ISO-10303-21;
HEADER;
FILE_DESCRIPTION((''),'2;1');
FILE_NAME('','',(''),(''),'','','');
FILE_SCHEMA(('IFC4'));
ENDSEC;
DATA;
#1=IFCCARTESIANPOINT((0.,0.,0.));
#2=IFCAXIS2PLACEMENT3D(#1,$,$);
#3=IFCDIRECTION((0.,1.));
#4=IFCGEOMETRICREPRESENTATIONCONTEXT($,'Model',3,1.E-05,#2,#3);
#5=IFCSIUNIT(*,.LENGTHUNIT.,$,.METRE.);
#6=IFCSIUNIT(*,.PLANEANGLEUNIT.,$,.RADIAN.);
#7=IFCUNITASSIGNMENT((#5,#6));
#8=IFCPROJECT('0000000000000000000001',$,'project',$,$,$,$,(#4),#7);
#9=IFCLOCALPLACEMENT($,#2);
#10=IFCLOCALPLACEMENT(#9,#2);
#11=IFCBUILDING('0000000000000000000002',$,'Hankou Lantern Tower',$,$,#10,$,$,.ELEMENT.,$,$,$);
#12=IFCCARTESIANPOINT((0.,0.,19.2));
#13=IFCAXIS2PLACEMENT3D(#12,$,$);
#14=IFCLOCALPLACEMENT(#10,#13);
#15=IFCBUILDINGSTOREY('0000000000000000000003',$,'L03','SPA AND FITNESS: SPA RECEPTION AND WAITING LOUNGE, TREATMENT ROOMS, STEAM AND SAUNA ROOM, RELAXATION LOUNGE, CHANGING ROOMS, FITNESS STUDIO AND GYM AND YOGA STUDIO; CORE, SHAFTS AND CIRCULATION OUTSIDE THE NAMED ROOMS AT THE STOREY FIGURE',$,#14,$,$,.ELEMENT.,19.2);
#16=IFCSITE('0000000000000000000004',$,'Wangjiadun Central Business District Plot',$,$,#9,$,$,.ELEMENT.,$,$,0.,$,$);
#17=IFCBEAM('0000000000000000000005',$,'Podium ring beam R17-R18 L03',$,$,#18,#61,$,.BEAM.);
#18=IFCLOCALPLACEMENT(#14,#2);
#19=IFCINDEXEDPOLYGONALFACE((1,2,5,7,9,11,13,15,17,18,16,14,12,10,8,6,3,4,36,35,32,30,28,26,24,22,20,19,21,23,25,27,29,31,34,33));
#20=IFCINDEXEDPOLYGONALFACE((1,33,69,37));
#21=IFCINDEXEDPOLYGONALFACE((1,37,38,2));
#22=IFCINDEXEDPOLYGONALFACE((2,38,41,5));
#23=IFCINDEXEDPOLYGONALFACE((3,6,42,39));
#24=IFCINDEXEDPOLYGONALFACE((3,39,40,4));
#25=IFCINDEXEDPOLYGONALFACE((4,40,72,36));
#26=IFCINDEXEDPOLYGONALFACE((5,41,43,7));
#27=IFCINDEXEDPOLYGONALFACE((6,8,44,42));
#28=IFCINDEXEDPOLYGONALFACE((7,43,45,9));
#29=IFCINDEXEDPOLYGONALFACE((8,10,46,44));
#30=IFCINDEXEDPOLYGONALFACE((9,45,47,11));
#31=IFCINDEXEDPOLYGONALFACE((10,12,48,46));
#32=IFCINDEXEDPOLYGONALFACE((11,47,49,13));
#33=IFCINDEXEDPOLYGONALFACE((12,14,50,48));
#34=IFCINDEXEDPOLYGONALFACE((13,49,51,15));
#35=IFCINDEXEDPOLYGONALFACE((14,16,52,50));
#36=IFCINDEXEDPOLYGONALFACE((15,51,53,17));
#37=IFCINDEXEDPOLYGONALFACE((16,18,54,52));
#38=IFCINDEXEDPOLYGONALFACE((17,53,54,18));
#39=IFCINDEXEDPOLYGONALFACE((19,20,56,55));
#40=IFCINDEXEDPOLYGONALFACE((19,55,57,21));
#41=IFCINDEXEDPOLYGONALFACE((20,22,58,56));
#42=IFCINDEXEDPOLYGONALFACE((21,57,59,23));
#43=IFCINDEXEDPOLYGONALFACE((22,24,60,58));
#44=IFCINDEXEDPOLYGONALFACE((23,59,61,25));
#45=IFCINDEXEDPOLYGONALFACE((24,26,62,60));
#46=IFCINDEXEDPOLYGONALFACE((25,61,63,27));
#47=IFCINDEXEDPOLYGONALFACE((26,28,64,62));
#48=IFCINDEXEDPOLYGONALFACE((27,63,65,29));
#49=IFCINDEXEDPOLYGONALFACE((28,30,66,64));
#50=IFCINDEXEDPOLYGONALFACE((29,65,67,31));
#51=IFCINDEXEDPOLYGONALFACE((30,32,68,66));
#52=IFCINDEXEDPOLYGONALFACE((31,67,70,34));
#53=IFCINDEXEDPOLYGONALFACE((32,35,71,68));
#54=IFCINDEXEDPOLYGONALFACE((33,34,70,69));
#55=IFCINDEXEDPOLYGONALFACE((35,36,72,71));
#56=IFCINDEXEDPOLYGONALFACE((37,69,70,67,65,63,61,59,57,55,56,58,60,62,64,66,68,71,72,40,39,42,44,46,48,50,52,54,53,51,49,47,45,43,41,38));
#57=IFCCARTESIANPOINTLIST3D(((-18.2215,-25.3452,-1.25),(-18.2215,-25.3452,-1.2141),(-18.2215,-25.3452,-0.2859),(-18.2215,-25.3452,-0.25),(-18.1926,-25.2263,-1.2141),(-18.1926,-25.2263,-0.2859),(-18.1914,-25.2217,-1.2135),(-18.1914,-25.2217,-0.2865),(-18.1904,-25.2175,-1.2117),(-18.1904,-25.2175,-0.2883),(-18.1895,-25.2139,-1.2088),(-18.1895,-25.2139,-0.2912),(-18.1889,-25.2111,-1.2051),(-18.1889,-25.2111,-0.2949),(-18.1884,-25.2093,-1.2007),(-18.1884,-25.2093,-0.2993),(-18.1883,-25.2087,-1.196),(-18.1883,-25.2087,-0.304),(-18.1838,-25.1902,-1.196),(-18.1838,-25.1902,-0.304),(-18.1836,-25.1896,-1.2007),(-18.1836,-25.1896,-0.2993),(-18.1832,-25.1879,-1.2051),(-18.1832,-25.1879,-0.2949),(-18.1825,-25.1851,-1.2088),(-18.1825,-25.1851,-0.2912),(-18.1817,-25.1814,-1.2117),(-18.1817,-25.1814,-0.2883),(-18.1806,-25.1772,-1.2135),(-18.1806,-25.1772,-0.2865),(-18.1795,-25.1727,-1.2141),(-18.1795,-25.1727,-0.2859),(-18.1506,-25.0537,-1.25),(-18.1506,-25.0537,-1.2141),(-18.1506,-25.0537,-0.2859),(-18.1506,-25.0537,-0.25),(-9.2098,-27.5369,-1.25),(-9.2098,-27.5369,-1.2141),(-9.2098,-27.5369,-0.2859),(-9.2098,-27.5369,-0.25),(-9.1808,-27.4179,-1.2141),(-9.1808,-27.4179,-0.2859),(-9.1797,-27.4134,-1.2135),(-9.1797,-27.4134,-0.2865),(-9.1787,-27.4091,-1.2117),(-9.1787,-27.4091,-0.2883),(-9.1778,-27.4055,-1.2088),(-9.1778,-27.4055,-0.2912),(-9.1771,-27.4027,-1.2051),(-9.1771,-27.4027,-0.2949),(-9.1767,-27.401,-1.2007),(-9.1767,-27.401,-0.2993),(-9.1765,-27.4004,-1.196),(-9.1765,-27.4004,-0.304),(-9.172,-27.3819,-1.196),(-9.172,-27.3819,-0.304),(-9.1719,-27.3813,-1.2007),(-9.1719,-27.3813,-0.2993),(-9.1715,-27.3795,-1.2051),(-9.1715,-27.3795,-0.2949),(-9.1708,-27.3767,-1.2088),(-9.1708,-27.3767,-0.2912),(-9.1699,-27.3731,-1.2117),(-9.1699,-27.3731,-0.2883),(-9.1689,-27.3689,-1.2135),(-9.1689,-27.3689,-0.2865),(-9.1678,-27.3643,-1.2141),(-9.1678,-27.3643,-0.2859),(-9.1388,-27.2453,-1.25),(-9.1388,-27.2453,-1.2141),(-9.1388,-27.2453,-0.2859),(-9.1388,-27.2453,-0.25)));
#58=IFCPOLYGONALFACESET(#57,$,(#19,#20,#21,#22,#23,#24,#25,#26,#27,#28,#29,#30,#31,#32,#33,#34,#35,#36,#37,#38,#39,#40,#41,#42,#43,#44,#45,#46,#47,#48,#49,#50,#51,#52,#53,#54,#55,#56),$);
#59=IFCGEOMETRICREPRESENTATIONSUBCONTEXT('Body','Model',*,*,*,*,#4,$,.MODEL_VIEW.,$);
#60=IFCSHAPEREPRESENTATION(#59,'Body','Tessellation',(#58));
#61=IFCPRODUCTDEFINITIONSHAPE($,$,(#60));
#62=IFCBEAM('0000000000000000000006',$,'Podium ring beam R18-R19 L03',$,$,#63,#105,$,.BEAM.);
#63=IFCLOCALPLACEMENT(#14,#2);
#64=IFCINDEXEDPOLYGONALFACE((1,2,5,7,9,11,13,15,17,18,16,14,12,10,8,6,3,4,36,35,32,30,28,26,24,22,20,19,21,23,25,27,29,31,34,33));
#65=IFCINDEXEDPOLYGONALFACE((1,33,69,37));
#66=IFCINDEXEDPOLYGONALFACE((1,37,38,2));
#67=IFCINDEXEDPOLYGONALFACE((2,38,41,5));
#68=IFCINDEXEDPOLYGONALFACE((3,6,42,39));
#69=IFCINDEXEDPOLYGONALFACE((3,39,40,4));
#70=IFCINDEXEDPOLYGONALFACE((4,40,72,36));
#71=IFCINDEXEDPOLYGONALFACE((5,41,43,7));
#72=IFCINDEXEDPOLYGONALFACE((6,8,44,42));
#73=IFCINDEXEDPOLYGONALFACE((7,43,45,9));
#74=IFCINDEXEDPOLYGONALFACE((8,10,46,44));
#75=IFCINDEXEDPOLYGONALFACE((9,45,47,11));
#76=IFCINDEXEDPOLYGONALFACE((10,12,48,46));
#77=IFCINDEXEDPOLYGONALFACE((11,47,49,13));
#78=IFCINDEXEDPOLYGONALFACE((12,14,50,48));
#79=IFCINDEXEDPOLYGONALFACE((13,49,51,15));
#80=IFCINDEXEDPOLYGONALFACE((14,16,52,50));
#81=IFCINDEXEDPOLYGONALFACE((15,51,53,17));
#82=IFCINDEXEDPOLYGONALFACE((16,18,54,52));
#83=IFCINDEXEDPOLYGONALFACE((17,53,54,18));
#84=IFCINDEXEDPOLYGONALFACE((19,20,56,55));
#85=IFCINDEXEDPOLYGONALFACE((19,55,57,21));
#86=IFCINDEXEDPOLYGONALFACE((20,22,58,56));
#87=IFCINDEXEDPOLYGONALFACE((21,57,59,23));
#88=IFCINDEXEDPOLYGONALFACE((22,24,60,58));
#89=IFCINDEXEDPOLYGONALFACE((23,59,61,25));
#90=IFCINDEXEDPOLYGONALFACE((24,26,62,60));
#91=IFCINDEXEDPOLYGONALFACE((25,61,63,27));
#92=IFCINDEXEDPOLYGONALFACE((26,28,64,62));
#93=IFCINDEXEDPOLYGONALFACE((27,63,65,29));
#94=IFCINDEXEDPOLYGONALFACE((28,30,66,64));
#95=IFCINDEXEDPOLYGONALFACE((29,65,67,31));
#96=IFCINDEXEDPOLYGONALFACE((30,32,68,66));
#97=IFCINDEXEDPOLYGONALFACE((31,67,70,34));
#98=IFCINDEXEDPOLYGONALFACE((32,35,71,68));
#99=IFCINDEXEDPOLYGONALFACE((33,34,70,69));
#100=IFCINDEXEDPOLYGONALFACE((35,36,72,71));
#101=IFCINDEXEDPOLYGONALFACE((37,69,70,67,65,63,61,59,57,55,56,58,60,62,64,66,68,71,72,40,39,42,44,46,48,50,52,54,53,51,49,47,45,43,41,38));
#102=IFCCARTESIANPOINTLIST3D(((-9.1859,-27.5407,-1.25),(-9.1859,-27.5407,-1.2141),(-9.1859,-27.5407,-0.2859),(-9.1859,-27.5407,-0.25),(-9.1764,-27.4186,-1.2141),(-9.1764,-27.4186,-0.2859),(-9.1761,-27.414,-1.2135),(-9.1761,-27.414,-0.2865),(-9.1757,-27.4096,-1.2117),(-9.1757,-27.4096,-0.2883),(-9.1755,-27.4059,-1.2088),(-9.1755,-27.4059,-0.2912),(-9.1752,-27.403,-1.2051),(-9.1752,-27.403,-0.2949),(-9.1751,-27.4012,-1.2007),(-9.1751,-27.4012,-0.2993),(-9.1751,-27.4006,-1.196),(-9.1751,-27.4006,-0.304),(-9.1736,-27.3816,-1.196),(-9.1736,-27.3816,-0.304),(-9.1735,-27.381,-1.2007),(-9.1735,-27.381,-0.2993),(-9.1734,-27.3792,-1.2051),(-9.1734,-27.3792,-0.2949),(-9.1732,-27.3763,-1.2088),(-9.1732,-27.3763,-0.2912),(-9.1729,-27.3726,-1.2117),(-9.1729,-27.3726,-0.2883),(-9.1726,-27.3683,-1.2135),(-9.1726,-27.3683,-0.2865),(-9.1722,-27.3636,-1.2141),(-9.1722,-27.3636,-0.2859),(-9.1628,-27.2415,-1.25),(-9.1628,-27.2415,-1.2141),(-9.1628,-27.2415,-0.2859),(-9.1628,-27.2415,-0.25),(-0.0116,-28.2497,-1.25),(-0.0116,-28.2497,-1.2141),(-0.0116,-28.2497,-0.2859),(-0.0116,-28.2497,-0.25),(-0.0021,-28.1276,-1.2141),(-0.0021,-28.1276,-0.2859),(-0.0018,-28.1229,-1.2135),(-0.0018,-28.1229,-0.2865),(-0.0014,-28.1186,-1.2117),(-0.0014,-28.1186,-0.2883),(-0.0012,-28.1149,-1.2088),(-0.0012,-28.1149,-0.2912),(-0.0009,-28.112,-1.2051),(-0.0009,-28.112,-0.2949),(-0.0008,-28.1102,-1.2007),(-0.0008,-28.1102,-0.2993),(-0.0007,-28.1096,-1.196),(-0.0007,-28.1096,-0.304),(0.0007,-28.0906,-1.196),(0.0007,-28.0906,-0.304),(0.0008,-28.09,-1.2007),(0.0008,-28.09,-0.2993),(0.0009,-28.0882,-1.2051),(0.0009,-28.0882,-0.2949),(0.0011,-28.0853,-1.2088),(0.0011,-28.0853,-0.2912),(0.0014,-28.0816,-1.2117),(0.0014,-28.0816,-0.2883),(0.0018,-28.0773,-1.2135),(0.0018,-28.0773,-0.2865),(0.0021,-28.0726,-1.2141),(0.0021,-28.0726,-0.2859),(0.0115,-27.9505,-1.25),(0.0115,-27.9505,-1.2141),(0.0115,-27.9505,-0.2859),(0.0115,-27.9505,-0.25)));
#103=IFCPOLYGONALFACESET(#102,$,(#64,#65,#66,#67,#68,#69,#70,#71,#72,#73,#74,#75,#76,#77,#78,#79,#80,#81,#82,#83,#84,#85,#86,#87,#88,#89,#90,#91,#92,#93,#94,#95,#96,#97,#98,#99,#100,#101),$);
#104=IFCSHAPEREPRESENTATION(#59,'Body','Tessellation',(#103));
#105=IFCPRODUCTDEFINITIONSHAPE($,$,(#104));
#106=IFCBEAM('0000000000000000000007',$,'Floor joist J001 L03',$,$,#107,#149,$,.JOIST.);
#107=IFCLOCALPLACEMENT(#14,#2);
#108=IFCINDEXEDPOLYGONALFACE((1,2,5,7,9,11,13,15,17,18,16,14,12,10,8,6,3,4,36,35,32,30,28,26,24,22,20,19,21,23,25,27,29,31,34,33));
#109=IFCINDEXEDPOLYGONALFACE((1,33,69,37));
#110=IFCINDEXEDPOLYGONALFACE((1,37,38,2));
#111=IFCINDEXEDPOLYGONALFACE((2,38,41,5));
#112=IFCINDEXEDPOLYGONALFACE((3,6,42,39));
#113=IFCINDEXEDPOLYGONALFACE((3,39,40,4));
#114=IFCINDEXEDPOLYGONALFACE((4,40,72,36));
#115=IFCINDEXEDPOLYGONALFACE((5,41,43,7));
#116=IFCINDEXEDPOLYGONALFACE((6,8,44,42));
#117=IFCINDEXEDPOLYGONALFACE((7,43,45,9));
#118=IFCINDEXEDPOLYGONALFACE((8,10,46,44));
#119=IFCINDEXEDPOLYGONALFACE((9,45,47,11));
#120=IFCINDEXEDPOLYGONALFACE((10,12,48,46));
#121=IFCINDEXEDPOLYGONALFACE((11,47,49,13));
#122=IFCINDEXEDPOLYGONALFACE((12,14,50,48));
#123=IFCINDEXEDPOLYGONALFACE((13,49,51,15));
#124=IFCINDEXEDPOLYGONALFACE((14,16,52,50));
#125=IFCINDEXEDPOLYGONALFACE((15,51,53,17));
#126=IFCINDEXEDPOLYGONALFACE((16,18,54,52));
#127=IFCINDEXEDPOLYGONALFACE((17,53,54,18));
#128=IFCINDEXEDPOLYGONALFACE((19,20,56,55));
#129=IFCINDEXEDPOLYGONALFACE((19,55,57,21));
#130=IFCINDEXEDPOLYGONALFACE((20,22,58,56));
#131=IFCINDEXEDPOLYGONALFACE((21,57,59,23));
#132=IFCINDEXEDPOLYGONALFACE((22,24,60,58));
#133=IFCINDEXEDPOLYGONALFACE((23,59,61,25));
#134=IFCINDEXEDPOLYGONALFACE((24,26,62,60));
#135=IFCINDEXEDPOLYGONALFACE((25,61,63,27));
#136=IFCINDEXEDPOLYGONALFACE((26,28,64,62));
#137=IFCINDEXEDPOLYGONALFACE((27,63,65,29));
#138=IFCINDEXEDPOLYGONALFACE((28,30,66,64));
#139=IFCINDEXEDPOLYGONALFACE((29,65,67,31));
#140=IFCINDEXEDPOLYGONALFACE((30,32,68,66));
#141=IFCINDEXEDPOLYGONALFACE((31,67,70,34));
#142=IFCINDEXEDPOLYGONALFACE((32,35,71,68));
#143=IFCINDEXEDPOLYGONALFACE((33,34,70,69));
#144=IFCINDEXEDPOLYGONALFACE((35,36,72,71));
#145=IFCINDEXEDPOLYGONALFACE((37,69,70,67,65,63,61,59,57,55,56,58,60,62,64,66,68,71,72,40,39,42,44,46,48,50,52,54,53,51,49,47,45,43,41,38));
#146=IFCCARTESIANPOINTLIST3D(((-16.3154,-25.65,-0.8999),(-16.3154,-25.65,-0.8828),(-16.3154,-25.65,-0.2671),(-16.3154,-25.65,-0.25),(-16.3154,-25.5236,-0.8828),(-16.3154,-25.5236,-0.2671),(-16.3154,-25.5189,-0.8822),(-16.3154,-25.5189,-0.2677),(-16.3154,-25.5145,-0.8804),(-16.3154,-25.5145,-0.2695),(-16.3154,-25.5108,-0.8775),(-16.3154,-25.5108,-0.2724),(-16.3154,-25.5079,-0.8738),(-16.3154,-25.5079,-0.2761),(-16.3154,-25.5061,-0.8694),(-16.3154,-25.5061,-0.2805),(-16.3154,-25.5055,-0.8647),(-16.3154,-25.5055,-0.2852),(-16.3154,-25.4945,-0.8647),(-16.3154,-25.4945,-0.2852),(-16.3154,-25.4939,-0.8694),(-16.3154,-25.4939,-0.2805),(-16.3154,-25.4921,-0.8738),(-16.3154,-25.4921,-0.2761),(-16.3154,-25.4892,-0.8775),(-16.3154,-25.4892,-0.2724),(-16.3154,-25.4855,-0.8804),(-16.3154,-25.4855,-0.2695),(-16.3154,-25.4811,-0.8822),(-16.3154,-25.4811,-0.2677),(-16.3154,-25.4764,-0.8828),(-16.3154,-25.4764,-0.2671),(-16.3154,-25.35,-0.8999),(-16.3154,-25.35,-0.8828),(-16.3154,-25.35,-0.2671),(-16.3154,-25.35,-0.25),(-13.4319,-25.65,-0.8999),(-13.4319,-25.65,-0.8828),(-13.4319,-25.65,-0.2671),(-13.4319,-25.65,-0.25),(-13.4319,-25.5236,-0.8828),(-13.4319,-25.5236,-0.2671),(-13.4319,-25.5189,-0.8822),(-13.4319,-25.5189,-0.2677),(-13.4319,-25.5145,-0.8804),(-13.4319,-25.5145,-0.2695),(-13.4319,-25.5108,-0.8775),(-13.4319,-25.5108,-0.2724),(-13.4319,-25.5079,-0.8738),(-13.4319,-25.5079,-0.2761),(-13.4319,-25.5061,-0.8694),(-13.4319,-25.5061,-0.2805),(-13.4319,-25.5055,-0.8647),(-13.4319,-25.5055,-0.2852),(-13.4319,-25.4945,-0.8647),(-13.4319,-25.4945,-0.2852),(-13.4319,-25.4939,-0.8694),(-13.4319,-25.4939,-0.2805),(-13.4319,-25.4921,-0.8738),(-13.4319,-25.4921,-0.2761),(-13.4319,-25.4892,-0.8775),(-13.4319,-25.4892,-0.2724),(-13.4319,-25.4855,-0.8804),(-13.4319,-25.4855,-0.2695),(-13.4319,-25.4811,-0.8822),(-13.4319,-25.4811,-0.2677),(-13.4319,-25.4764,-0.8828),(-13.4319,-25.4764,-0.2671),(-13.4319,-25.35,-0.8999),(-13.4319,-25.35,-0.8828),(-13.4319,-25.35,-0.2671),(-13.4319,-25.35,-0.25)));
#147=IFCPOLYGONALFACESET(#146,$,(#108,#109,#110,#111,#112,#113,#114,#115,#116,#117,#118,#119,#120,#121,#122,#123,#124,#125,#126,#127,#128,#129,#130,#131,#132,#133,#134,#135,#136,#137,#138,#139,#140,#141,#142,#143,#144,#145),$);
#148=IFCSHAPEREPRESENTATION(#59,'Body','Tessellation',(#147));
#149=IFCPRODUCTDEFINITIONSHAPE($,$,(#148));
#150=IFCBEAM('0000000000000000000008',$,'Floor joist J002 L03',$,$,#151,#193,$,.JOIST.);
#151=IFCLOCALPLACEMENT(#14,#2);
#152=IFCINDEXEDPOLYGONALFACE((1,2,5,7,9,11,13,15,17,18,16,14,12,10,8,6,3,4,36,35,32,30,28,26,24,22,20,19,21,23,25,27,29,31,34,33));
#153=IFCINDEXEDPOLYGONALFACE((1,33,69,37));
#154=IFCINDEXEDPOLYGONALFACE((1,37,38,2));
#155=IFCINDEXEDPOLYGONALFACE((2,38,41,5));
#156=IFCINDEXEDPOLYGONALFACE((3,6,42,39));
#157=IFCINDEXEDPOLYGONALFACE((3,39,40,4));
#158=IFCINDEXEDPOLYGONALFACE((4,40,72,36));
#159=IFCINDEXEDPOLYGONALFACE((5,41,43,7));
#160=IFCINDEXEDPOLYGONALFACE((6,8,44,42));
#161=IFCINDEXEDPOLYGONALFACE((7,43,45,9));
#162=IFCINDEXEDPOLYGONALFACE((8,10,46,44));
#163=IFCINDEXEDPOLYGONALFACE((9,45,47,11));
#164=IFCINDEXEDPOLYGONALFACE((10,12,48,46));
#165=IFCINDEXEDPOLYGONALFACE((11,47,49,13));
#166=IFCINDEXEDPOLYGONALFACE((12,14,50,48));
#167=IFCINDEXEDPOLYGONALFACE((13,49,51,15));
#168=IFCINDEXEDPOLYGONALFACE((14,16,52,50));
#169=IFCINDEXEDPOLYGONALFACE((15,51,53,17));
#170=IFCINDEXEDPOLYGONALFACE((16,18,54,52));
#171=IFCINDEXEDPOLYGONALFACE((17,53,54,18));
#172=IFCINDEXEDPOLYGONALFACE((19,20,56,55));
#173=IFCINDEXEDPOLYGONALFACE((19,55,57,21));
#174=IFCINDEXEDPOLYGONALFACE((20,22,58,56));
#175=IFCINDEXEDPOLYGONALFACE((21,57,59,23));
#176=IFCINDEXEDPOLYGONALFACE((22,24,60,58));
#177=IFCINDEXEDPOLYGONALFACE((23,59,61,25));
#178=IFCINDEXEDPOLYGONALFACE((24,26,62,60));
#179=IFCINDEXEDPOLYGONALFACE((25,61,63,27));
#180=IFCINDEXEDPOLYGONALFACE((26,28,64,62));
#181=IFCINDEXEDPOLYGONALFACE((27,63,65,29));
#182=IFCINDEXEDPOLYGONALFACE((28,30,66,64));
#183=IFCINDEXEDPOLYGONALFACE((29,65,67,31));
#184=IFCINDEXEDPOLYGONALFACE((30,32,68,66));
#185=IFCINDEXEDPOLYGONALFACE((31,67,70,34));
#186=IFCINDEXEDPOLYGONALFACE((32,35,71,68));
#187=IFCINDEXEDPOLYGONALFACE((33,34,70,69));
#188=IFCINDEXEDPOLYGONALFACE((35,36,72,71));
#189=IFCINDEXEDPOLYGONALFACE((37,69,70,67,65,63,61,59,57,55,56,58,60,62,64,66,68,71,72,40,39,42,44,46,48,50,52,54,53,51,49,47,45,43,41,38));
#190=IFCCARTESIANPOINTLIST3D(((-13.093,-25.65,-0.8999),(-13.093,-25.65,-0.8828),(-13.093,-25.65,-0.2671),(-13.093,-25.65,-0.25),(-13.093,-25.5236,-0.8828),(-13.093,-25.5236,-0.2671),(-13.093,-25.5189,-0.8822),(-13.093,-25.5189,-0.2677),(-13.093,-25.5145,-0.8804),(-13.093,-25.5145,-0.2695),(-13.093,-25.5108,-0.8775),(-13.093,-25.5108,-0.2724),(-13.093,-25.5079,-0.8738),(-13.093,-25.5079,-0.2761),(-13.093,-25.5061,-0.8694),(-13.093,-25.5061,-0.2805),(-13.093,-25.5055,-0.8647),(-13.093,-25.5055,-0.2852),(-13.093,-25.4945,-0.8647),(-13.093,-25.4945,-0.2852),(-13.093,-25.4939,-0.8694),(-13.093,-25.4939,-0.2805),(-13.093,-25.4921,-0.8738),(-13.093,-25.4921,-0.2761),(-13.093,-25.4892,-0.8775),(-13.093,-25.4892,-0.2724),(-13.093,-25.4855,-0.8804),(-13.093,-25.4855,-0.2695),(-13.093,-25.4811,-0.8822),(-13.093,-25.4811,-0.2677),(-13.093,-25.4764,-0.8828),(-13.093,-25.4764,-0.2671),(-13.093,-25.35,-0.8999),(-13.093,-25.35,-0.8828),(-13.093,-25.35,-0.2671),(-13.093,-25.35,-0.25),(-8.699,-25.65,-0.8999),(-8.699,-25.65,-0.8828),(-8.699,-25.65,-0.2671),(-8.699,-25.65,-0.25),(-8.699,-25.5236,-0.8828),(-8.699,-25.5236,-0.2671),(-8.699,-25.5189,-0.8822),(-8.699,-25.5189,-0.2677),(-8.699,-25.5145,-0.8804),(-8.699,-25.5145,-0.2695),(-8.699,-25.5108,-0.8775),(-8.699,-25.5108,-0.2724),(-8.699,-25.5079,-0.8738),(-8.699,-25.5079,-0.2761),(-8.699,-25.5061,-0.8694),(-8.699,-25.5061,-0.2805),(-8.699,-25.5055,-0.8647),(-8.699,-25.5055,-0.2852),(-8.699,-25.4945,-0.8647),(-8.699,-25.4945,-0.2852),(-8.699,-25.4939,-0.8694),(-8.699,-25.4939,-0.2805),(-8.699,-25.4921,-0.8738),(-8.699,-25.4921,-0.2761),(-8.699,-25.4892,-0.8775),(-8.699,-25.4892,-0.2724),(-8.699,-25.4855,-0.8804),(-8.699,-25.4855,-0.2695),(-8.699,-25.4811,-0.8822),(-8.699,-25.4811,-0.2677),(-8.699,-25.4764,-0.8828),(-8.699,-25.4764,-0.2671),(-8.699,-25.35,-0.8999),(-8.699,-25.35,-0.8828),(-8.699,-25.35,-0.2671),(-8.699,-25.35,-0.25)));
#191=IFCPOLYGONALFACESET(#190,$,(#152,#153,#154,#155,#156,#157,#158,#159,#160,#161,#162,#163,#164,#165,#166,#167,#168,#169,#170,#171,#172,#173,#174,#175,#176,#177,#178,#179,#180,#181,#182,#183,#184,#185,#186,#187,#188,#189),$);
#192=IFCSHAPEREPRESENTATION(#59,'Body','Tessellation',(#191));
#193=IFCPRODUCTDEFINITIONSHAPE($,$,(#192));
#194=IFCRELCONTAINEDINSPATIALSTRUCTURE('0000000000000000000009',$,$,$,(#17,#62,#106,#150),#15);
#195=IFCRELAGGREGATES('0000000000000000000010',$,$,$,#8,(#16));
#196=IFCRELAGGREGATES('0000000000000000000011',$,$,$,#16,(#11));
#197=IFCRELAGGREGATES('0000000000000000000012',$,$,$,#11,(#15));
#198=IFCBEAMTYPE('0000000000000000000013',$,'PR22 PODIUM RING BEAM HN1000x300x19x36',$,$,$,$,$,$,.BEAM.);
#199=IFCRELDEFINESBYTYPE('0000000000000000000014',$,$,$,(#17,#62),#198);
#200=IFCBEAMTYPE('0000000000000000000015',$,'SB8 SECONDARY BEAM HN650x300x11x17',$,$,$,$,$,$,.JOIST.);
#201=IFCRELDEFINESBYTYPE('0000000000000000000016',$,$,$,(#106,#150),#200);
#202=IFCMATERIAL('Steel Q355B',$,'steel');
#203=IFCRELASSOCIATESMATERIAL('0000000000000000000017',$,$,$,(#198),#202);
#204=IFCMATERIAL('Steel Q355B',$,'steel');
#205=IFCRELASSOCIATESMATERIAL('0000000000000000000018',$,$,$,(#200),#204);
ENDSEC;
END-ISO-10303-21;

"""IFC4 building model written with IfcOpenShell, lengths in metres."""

from ifc_helpers import new_model, si_unit, direction, frame, origin, origin_2d, place, context, subcontext, project, spatial, i_section, extrude, material, material_profile, profile_set, type_object, element, save


model = new_model("IFC4")

# Units and contexts
model_context = context("Model", 3, precision=1e-05, world=origin(), true_north=direction((0.0, 1.0)))
body_context = subcontext(model_context, "Body", "Model", "MODEL_VIEW")
ifc_project = project(units=[si_unit("LENGTHUNIT", "METRE"), si_unit("PLANEANGLEUNIT", "RADIAN")], contexts=[model_context])

# Site, building, storey
site_placement = place(None, origin())
site = spatial("IfcSite", under=ifc_project, at=site_placement, Name="Wangjiadun Central Business District Plot", CompositionType="ELEMENT", RefElevation=0.0)
building_placement = place(site_placement, origin())
building = spatial("IfcBuilding", under=site, at=building_placement, Name="Hankou Lantern Tower", CompositionType="ELEMENT")
storey_placement = place(building_placement, frame((0.0, 0.0, 19.2)))
storey = spatial("IfcBuildingStorey", under=building, at=storey_placement, Name="L03", Description="SPA AND FITNESS: SPA RECEPTION AND WAITING LOUNGE, TREATMENT ROOMS, STEAM AND SAUNA ROOM, RELAXATION LOUNGE, CHANGING ROOMS, FITNESS STUDIO AND GYM AND YOGA STUDIO; CORE, SHAFTS AND CIRCULATION OUTSIDE THE NAMED ROOMS AT THE STOREY FIGURE", CompositionType="ELEMENT", Elevation=19.2)

# Beams
ifc_material_1 = material(Name="Steel Q355B", Category="steel")
ifc_material_profile_1 = material_profile(ifc_material_1, i_section(OverallWidth=0.3, OverallDepth=1.0, WebThickness=0.019, FlangeThickness=0.0359, FilletRadius=0.0181, at=origin_2d()), Name="HN1000x300x19x36")
ifc_profile_set_1 = profile_set([ifc_material_profile_1], Name="Steel Q355B")
beam_type_1 = type_object("IfcBeamType", Name="PR22 PODIUM RING BEAM HN1000x300x19x36", PredefinedType="BEAM", material=ifc_profile_set_1)
beam_1_placement = place(storey_placement, frame((-18.186, -25.1995, -0.75), z_axis=(0.971677, -0.236312, 0.0), x_axis=(0.236312, 0.971677, 0.0)))
element("IfcBeam", 1, at=beam_1_placement, inside=storey, type_object=beam_type_1, Name="Podium ring beam R17-R18 L03", PredefinedType="BEAM", context=body_context, shape_type="SweptSolid", body=[
    extrude(i_section(OverallWidth=0.3, OverallDepth=1.0, WebThickness=0.019, FlangeThickness=0.0359, FilletRadius=0.0181, at=origin_2d()), origin(), (0.0, 0.0, 1.0), 9.2744),
])
beam_2_placement = place(storey_placement, frame((-9.1743, -27.3911, -0.75), z_axis=(0.997027, -0.07705, 0.0), x_axis=(0.07705, 0.997027, 0.0)))
element("IfcBeam", 2, at=beam_2_placement, inside=storey, type_object=beam_type_1, Name="Podium ring beam R18-R19 L03", PredefinedType="BEAM", context=body_context, shape_type="SweptSolid", body=[
    extrude(i_section(OverallWidth=0.3, OverallDepth=1.0, WebThickness=0.019, FlangeThickness=0.0359, FilletRadius=0.0181, at=origin_2d()), origin(), (0.0, 0.0, 1.0), 9.2017),
])
ifc_material_2 = material(Name="Steel Q355B", Category="steel")
ifc_material_profile_2 = material_profile(ifc_material_2, i_section(OverallWidth=0.3, OverallDepth=0.6499, WebThickness=0.011, FlangeThickness=0.0171, FilletRadius=0.0181, at=origin_2d()), Name="HN650x300x11x17")
ifc_profile_set_2 = profile_set([ifc_material_profile_2], Name="Steel Q355B")
beam_type_2 = type_object("IfcBeamType", Name="SB8 SECONDARY BEAM HN650x300x11x17", PredefinedType="JOIST", material=ifc_profile_set_2)
beam_3_placement = place(storey_placement, frame((-16.3154, -25.5, -0.575), z_axis=(1.0, 0.0, 0.0), x_axis=(0.0, 1.0, 0.0)))
element("IfcBeam", 3, at=beam_3_placement, inside=storey, type_object=beam_type_2, Name="Floor joist J001 L03", PredefinedType="JOIST", context=body_context, shape_type="SweptSolid", body=[
    extrude(i_section(OverallWidth=0.3, OverallDepth=0.6499, WebThickness=0.011, FlangeThickness=0.0171, FilletRadius=0.0181, at=origin_2d()), origin(), (0.0, 0.0, 1.0), 2.8835),
])
beam_4_placement = place(storey_placement, frame((-13.093, -25.5, -0.575), z_axis=(1.0, 0.0, 0.0), x_axis=(0.0, 1.0, 0.0)))
element("IfcBeam", 4, at=beam_4_placement, inside=storey, type_object=beam_type_2, Name="Floor joist J002 L03", PredefinedType="JOIST", context=body_context, shape_type="SweptSolid", body=[
    extrude(i_section(OverallWidth=0.3, OverallDepth=0.6499, WebThickness=0.011, FlangeThickness=0.0171, FilletRadius=0.0181, at=origin_2d()), origin(), (0.0, 0.0, 1.0), 4.394),
])

save(model, "model.ifc")
